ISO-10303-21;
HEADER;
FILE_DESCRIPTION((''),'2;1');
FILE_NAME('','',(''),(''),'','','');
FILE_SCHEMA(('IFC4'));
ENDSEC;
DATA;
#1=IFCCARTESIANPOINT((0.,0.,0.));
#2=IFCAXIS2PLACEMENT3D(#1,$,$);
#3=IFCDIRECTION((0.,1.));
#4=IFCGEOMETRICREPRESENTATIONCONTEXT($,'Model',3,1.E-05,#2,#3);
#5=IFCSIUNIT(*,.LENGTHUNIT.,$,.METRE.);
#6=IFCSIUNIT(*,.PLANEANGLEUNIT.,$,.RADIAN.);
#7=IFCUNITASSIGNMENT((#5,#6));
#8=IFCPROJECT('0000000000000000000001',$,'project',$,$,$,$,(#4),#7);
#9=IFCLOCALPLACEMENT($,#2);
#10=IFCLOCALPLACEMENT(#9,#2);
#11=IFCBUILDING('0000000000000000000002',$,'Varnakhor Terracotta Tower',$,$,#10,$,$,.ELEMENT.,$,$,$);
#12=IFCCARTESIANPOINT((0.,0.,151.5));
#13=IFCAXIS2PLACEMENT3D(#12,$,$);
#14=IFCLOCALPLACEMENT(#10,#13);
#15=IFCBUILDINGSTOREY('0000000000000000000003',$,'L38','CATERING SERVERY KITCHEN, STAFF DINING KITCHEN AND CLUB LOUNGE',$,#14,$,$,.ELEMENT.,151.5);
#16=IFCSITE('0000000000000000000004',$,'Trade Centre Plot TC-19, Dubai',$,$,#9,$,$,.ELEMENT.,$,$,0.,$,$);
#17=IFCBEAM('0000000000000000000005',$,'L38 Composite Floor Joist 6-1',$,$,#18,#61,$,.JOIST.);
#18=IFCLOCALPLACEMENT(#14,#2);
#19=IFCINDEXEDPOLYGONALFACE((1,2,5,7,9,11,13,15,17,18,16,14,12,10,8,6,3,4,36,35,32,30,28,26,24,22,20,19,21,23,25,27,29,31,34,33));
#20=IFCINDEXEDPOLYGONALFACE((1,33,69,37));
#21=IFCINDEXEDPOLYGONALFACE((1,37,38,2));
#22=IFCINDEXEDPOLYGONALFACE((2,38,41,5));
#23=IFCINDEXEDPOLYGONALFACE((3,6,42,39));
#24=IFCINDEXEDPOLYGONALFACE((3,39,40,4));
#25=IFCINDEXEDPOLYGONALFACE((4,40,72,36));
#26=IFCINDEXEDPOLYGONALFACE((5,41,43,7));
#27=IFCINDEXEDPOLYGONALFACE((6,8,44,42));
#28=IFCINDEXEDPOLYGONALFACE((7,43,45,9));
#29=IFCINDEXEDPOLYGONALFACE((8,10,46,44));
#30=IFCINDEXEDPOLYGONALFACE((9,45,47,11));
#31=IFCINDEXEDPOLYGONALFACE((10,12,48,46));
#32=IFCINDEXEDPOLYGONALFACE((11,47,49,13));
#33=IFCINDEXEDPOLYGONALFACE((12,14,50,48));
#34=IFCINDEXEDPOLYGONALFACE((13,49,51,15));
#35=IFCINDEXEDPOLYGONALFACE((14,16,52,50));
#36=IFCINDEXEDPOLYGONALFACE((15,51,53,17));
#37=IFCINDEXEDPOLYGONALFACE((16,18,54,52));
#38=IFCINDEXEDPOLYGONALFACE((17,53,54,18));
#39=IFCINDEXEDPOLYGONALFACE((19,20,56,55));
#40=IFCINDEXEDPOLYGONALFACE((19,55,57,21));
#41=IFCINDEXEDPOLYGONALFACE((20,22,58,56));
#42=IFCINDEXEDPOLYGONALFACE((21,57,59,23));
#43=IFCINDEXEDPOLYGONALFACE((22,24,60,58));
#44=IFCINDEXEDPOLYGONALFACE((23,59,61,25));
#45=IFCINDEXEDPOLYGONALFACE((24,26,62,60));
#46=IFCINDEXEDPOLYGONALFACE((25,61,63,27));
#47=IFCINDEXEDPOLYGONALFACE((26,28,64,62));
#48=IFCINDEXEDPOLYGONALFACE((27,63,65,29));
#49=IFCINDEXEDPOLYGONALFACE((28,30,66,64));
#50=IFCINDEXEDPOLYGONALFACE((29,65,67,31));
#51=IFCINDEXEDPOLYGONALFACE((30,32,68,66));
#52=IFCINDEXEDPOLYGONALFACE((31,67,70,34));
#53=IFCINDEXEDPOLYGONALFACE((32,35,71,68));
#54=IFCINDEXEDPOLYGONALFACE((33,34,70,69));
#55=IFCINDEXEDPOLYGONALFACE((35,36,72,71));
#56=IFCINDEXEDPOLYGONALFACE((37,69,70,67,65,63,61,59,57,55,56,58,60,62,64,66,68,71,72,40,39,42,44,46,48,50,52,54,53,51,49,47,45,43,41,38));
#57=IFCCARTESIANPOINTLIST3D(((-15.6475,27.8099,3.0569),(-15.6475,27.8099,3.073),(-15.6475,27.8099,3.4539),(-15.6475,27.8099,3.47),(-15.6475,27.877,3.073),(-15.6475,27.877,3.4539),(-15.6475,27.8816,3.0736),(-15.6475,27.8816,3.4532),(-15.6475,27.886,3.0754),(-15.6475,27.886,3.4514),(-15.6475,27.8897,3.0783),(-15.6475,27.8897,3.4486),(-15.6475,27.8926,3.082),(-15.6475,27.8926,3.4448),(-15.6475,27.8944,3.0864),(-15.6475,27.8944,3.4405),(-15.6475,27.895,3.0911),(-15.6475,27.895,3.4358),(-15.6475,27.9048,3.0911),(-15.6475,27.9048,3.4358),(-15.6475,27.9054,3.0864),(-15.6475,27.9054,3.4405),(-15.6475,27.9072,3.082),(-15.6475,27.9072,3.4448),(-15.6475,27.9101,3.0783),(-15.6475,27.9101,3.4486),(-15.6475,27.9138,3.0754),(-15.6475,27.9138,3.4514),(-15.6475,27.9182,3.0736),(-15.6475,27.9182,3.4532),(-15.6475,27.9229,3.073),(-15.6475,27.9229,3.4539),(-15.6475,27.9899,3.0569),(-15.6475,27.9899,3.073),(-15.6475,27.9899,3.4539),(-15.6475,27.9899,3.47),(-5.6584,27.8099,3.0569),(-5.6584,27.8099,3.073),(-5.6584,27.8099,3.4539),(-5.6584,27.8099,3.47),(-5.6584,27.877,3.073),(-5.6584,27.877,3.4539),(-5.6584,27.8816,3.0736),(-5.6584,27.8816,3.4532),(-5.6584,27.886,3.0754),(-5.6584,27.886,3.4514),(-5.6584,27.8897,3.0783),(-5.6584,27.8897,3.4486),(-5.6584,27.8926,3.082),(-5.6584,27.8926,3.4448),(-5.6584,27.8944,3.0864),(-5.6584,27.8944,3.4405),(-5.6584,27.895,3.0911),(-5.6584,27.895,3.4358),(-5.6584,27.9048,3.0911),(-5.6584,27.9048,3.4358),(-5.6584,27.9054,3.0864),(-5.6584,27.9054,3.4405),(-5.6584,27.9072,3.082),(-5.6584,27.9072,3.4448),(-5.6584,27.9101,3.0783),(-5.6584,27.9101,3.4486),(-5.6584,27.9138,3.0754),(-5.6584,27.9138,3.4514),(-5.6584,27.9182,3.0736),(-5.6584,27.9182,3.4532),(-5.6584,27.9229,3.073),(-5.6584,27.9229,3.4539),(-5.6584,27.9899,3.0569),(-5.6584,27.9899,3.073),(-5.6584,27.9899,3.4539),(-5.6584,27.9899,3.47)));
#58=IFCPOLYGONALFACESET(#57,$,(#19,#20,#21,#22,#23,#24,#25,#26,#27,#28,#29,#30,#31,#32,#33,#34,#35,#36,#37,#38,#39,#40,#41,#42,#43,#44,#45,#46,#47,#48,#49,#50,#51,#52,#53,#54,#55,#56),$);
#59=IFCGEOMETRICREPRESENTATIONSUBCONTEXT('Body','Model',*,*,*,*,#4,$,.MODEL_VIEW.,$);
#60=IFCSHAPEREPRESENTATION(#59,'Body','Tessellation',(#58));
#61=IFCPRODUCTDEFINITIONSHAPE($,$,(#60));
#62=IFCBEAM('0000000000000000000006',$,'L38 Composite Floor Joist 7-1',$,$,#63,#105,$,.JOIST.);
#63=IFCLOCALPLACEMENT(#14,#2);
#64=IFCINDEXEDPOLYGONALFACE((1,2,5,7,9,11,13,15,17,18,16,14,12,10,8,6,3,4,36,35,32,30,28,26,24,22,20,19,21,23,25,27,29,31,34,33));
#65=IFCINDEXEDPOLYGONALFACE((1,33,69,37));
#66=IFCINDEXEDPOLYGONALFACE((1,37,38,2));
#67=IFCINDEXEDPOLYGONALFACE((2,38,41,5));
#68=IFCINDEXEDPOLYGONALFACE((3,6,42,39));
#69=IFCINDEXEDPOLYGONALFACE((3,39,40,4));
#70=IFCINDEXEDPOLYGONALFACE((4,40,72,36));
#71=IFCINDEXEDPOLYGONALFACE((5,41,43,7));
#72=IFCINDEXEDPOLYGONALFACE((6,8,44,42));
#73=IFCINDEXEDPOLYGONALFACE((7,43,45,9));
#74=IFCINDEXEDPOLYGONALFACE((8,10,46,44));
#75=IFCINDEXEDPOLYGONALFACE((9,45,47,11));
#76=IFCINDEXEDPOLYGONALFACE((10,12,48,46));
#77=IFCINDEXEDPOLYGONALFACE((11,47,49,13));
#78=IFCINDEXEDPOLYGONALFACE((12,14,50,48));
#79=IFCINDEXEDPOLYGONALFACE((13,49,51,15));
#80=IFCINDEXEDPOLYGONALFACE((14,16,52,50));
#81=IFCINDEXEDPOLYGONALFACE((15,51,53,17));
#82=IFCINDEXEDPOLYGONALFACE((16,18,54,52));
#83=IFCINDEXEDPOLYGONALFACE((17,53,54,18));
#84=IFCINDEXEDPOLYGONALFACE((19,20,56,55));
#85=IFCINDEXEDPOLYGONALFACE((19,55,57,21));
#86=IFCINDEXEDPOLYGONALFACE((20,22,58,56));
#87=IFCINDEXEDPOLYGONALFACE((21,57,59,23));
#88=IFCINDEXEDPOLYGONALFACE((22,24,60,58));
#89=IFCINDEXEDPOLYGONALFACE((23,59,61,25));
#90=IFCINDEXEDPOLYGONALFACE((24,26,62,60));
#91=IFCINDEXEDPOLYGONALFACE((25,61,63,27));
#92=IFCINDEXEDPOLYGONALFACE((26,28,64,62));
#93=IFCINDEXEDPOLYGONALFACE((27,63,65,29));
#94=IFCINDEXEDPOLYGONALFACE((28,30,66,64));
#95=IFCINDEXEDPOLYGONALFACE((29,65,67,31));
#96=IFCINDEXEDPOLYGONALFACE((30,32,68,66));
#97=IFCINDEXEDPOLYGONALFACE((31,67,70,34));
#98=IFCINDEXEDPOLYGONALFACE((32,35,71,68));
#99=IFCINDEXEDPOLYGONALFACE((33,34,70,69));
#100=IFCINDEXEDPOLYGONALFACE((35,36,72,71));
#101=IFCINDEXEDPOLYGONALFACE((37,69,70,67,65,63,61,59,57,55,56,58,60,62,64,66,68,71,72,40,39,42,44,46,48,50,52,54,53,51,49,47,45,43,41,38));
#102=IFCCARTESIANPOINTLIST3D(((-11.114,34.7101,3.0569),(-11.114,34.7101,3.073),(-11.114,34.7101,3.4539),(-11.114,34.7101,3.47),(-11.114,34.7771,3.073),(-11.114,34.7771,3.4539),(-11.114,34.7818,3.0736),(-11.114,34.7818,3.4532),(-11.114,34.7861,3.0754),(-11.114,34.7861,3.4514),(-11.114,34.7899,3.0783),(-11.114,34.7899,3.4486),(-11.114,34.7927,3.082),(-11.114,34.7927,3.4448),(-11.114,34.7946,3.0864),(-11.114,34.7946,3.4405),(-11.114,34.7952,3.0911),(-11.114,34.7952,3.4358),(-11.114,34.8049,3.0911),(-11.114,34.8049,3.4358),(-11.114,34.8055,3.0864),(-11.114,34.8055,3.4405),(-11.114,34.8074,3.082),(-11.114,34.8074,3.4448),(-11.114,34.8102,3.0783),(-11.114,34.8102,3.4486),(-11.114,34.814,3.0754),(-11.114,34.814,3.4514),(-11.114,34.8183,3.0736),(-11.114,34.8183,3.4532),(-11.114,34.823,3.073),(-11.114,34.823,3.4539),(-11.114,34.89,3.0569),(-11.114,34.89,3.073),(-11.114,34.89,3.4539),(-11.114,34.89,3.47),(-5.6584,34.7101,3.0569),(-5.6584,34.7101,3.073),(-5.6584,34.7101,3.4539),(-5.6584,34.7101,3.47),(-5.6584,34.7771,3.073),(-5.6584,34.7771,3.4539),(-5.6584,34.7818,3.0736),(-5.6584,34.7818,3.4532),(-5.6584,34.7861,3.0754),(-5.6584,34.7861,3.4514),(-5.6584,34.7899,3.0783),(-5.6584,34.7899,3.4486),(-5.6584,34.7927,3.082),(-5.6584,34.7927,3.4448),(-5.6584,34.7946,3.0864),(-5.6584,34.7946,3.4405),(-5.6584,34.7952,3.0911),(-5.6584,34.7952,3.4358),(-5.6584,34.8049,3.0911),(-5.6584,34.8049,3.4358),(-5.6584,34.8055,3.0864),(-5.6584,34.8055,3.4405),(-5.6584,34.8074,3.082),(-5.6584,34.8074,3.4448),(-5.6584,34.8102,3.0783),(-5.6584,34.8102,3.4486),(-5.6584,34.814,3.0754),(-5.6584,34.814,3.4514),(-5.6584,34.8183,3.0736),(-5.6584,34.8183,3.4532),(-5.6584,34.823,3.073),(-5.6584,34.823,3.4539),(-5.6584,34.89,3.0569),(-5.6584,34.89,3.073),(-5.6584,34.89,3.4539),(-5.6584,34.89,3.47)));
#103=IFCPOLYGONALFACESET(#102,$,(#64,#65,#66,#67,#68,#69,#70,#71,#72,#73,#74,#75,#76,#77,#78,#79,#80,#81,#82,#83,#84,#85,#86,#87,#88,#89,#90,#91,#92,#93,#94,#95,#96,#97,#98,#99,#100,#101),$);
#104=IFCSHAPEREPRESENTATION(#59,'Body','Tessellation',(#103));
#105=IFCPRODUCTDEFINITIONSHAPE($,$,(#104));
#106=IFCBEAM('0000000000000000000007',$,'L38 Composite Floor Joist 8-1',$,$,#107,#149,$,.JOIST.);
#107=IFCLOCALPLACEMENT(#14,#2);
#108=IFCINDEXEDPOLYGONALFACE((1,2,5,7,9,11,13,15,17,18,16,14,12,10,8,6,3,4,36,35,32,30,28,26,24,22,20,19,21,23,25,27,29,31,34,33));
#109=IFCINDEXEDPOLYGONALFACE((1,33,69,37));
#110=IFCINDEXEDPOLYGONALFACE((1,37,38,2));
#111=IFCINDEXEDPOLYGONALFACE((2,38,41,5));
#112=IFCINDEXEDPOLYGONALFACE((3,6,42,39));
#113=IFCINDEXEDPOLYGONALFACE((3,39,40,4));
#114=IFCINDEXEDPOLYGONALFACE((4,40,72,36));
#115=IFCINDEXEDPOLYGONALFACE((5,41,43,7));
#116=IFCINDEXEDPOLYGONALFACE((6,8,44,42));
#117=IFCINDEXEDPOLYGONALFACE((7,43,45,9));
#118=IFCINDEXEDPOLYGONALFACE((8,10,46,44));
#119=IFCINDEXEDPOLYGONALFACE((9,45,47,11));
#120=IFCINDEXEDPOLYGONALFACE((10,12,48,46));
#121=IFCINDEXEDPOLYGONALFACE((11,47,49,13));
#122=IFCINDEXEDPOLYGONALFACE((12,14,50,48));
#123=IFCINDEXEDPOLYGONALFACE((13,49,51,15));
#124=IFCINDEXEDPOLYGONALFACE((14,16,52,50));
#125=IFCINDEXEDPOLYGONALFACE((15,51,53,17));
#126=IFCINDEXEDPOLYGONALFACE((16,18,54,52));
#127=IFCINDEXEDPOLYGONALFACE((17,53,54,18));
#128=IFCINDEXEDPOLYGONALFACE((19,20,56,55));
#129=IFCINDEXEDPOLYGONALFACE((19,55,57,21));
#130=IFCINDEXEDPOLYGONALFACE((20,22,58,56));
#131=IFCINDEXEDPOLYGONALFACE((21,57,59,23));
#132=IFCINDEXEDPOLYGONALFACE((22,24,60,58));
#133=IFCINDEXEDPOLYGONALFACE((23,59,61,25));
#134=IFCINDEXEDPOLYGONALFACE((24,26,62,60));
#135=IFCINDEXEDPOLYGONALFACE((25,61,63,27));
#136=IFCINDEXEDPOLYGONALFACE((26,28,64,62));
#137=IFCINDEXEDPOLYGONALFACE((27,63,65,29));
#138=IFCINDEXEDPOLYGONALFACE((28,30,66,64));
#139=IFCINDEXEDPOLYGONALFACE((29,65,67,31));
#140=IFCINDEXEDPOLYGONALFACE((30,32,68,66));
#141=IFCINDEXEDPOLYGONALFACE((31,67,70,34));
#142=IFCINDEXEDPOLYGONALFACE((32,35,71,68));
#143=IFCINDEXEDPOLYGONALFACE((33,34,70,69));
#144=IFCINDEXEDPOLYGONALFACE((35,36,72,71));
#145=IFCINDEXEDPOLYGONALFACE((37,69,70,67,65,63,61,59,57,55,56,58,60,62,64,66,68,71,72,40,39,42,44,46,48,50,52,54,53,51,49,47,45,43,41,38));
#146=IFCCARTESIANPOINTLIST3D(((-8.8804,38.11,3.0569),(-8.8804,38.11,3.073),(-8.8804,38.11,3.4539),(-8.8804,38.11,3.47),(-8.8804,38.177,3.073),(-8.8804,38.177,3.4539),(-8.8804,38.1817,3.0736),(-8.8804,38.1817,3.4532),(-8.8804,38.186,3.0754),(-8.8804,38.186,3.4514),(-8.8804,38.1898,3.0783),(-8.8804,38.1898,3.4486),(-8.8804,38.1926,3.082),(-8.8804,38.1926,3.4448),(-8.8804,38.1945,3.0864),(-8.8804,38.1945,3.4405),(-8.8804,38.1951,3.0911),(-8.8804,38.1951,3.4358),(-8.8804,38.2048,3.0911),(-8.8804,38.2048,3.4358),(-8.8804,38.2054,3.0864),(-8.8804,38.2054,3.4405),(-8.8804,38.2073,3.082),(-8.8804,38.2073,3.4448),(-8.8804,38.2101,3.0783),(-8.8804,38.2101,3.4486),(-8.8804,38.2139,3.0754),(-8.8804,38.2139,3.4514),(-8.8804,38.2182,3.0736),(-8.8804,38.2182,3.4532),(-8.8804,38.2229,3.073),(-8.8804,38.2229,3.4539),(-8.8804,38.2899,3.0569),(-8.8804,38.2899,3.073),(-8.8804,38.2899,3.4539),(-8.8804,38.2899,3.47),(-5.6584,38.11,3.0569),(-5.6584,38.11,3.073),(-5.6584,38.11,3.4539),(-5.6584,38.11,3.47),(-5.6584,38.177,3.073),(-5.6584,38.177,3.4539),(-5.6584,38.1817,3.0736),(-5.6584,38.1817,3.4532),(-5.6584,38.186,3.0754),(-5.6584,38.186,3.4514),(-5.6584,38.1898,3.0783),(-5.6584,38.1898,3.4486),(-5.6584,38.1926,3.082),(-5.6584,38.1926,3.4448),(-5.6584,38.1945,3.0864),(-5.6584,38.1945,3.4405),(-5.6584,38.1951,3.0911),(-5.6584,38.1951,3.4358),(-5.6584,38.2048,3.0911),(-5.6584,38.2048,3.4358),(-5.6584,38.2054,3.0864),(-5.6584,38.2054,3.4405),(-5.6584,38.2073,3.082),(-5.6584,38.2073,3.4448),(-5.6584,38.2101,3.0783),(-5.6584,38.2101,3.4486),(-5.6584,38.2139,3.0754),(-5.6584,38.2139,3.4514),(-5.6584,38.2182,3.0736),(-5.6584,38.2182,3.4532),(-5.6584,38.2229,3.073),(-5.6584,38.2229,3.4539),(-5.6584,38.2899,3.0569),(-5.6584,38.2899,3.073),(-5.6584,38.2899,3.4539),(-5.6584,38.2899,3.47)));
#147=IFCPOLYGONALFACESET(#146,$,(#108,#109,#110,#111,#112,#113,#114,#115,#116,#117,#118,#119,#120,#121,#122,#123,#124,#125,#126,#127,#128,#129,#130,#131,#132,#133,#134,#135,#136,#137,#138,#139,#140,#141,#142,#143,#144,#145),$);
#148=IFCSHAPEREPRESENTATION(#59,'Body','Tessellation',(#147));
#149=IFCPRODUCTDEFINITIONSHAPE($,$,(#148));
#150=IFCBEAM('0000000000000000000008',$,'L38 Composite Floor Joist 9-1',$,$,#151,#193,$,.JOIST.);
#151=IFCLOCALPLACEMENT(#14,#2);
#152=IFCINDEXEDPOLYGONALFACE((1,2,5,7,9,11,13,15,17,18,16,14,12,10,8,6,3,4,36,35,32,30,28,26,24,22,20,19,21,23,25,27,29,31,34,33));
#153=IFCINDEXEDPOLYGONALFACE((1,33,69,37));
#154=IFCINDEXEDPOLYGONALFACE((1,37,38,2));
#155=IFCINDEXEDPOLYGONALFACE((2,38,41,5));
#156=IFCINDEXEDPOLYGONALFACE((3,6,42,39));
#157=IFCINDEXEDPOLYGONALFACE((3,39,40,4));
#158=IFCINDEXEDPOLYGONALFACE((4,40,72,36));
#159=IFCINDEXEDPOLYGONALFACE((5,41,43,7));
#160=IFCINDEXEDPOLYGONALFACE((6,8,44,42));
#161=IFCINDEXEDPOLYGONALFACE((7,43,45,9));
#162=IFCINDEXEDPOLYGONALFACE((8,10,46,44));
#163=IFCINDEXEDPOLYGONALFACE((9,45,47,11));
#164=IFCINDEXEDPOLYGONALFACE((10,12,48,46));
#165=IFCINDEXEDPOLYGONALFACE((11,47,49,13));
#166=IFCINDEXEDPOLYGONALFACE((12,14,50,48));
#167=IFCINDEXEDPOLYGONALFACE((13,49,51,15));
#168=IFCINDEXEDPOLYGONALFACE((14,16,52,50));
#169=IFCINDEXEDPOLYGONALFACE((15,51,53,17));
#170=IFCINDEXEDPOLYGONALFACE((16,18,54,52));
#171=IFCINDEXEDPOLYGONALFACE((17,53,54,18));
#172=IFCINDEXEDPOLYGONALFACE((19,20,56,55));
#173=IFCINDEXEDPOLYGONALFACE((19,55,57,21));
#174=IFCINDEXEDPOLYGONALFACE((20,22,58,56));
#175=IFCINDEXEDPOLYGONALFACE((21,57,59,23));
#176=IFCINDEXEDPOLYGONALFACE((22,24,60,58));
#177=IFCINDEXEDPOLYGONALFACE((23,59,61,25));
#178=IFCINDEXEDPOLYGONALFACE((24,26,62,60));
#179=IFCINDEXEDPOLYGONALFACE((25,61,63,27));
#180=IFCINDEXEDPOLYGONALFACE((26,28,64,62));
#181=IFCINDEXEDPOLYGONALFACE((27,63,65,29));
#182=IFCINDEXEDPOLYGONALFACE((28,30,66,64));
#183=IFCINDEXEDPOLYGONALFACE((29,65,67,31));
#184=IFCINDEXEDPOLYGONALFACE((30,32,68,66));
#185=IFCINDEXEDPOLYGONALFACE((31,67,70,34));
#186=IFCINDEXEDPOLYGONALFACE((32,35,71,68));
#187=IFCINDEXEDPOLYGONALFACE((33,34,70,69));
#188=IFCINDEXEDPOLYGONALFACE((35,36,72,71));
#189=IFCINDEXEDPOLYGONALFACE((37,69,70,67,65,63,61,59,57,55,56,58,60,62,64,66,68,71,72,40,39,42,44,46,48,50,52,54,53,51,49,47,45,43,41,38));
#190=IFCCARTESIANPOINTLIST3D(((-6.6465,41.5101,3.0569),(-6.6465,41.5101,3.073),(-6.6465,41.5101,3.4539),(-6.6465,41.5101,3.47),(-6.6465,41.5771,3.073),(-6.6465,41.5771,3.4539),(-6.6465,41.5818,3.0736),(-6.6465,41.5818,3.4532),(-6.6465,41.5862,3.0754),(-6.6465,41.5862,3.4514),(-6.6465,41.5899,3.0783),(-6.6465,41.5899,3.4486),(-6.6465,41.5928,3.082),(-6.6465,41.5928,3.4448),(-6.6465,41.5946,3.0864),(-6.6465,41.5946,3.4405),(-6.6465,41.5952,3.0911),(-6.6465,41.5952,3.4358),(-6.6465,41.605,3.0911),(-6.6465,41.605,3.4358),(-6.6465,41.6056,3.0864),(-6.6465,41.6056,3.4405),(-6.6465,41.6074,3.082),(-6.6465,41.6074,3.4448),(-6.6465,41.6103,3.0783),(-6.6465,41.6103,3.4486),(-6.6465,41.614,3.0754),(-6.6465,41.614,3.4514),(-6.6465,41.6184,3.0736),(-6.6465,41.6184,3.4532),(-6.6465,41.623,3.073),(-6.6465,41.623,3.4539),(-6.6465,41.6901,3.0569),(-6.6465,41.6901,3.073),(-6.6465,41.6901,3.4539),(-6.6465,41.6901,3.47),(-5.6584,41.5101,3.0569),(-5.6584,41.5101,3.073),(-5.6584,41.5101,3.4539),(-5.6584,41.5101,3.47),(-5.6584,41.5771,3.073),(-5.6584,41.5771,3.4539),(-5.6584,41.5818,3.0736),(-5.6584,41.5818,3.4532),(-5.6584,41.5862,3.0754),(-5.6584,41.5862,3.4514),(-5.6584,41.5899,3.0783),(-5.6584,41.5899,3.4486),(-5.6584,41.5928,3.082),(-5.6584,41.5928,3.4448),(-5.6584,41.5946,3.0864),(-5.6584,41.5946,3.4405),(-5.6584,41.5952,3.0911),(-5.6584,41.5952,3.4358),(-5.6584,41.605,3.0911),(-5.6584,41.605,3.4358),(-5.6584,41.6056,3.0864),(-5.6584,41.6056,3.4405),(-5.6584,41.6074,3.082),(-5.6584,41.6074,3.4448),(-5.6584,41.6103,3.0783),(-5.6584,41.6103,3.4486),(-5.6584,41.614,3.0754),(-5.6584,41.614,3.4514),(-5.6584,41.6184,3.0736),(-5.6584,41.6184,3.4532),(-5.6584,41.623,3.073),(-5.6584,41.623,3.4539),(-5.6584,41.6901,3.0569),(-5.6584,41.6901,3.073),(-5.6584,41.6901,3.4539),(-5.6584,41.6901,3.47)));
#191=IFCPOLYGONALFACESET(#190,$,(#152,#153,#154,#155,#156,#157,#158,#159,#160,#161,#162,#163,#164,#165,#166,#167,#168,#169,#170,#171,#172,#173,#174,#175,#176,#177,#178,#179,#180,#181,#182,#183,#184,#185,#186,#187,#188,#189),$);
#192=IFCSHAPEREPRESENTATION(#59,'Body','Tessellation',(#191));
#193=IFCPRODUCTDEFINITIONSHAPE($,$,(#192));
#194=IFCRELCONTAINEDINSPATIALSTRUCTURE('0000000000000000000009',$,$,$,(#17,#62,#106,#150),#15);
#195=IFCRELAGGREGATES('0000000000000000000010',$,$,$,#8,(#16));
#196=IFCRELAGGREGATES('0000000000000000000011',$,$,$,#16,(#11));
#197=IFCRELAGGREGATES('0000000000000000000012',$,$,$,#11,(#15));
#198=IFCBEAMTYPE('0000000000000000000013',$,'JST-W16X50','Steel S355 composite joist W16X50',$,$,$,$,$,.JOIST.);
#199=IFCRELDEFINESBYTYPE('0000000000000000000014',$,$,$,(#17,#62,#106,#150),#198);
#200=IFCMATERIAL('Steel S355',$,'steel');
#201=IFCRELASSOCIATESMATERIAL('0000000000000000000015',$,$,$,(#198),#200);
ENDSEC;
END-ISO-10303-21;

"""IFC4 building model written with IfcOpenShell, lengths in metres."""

from ifc_helpers import new_model, si_unit, direction, frame, origin, origin_2d, place, context, subcontext, project, spatial, i_section, extrude, source, transform, mapped, material, material_profile, profile_set, type_object, element, save


model = new_model("IFC4")

# Units and contexts
model_context = context("Model", 3, precision=1e-05, world=origin(), true_north=direction((0.0, 1.0)))
body_context = subcontext(model_context, "Body", "Model", "MODEL_VIEW")
ifc_project = project(units=[si_unit("LENGTHUNIT", "METRE"), si_unit("PLANEANGLEUNIT", "RADIAN")], contexts=[model_context])

# Site, building, storey
site_placement = place(None, origin())
site = spatial("IfcSite", under=ifc_project, at=site_placement, Name="Trade Centre Plot TC-19, Dubai", CompositionType="ELEMENT", RefElevation=0.0)
building_placement = place(site_placement, origin())
building = spatial("IfcBuilding", under=site, at=building_placement, Name="Varnakhor Terracotta Tower", CompositionType="ELEMENT")
storey_placement = place(building_placement, frame((0.0, 0.0, 151.5)))
storey = spatial("IfcBuildingStorey", under=building, at=storey_placement, Name="L38", Description="CATERING SERVERY KITCHEN, STAFF DINING KITCHEN AND CLUB LOUNGE", CompositionType="ELEMENT", Elevation=151.5)

# Beams
ifc_material_1 = material(Name="Steel S355", Category="steel")
ifc_material_profile_1 = material_profile(ifc_material_1, i_section(OverallWidth=0.1799, OverallDepth=0.4131, WebThickness=0.0098, FlangeThickness=0.0161, FilletRadius=0.0181, at=origin_2d()), Name="W16X50")
ifc_profile_set_1 = profile_set([ifc_material_profile_1], Name="Steel S355")
beam_type_1 = type_object("IfcBeamType", Name="JST-W16X50", Description="Steel S355 composite joist W16X50", PredefinedType="JOIST", material=ifc_profile_set_1)
shared_shape_1 = source(origin(), body_context, "Body", "SweptSolid", [
    extrude(i_section(OverallWidth=0.1799, OverallDepth=0.4131, WebThickness=0.0098, FlangeThickness=0.0161, FilletRadius=0.0181, at=origin_2d()), origin(), (0.0, 0.0, 1.0), 9.989),
])
beam_1_placement = place(storey_placement, frame((-15.6475, 27.8999, 3.2634), z_axis=(1.0, 0.0, 0.0), x_axis=(0.0, 1.0, 0.0)))
element("IfcBeam", 1, at=beam_1_placement, inside=storey, type_object=beam_type_1, Name="L38 Composite Floor Joist 6-1", PredefinedType="JOIST", context=body_context, shape_type="MappedRepresentation", body=[
    mapped(shared_shape_1, transform((0.0, 0.0, 0.0), scale=1.0)),
])
shared_shape_2 = source(origin(), body_context, "Body", "SweptSolid", [
    extrude(i_section(OverallWidth=0.1799, OverallDepth=0.4131, WebThickness=0.0098, FlangeThickness=0.0161, FilletRadius=0.0181, at=origin_2d()), origin(), (0.0, 0.0, 1.0), 5.4556),
])
beam_2_placement = place(storey_placement, frame((-11.114, 34.8, 3.2634), z_axis=(1.0, 0.0, 0.0), x_axis=(0.0, 1.0, 0.0)))
element("IfcBeam", 2, at=beam_2_placement, inside=storey, type_object=beam_type_1, Name="L38 Composite Floor Joist 7-1", PredefinedType="JOIST", context=body_context, shape_type="MappedRepresentation", body=[
    mapped(shared_shape_2, transform((0.0, 0.0, 0.0), scale=1.0)),
])
shared_shape_3 = source(origin(), body_context, "Body", "SweptSolid", [
    extrude(i_section(OverallWidth=0.1799, OverallDepth=0.4131, WebThickness=0.0098, FlangeThickness=0.0161, FilletRadius=0.0181, at=origin_2d()), origin(), (0.0, 0.0, 1.0), 3.2219),
])
beam_3_placement = place(storey_placement, frame((-8.8804, 38.2, 3.2634), z_axis=(1.0, 0.0, 0.0), x_axis=(0.0, 1.0, 0.0)))
element("IfcBeam", 3, at=beam_3_placement, inside=storey, type_object=beam_type_1, Name="L38 Composite Floor Joist 8-1", PredefinedType="JOIST", context=body_context, shape_type="MappedRepresentation", body=[
    mapped(shared_shape_3, transform((0.0, 0.0, 0.0), scale=1.0)),
])
shared_shape_4 = source(origin(), body_context, "Body", "SweptSolid", [
    extrude(i_section(OverallWidth=0.1799, OverallDepth=0.4131, WebThickness=0.0098, FlangeThickness=0.0161, FilletRadius=0.0181, at=origin_2d()), origin(), (0.0, 0.0, 1.0), 0.988),
])
beam_4_placement = place(storey_placement, frame((-6.6465, 41.6001, 3.2634), z_axis=(1.0, 0.0, 0.0), x_axis=(0.0, 1.0, 0.0)))
element("IfcBeam", 4, at=beam_4_placement, inside=storey, type_object=beam_type_1, Name="L38 Composite Floor Joist 9-1", PredefinedType="JOIST", context=body_context, shape_type="MappedRepresentation", body=[
    mapped(shared_shape_4, transform((0.0, 0.0, 0.0), scale=1.0)),
])

save(model, "model.ifc")
